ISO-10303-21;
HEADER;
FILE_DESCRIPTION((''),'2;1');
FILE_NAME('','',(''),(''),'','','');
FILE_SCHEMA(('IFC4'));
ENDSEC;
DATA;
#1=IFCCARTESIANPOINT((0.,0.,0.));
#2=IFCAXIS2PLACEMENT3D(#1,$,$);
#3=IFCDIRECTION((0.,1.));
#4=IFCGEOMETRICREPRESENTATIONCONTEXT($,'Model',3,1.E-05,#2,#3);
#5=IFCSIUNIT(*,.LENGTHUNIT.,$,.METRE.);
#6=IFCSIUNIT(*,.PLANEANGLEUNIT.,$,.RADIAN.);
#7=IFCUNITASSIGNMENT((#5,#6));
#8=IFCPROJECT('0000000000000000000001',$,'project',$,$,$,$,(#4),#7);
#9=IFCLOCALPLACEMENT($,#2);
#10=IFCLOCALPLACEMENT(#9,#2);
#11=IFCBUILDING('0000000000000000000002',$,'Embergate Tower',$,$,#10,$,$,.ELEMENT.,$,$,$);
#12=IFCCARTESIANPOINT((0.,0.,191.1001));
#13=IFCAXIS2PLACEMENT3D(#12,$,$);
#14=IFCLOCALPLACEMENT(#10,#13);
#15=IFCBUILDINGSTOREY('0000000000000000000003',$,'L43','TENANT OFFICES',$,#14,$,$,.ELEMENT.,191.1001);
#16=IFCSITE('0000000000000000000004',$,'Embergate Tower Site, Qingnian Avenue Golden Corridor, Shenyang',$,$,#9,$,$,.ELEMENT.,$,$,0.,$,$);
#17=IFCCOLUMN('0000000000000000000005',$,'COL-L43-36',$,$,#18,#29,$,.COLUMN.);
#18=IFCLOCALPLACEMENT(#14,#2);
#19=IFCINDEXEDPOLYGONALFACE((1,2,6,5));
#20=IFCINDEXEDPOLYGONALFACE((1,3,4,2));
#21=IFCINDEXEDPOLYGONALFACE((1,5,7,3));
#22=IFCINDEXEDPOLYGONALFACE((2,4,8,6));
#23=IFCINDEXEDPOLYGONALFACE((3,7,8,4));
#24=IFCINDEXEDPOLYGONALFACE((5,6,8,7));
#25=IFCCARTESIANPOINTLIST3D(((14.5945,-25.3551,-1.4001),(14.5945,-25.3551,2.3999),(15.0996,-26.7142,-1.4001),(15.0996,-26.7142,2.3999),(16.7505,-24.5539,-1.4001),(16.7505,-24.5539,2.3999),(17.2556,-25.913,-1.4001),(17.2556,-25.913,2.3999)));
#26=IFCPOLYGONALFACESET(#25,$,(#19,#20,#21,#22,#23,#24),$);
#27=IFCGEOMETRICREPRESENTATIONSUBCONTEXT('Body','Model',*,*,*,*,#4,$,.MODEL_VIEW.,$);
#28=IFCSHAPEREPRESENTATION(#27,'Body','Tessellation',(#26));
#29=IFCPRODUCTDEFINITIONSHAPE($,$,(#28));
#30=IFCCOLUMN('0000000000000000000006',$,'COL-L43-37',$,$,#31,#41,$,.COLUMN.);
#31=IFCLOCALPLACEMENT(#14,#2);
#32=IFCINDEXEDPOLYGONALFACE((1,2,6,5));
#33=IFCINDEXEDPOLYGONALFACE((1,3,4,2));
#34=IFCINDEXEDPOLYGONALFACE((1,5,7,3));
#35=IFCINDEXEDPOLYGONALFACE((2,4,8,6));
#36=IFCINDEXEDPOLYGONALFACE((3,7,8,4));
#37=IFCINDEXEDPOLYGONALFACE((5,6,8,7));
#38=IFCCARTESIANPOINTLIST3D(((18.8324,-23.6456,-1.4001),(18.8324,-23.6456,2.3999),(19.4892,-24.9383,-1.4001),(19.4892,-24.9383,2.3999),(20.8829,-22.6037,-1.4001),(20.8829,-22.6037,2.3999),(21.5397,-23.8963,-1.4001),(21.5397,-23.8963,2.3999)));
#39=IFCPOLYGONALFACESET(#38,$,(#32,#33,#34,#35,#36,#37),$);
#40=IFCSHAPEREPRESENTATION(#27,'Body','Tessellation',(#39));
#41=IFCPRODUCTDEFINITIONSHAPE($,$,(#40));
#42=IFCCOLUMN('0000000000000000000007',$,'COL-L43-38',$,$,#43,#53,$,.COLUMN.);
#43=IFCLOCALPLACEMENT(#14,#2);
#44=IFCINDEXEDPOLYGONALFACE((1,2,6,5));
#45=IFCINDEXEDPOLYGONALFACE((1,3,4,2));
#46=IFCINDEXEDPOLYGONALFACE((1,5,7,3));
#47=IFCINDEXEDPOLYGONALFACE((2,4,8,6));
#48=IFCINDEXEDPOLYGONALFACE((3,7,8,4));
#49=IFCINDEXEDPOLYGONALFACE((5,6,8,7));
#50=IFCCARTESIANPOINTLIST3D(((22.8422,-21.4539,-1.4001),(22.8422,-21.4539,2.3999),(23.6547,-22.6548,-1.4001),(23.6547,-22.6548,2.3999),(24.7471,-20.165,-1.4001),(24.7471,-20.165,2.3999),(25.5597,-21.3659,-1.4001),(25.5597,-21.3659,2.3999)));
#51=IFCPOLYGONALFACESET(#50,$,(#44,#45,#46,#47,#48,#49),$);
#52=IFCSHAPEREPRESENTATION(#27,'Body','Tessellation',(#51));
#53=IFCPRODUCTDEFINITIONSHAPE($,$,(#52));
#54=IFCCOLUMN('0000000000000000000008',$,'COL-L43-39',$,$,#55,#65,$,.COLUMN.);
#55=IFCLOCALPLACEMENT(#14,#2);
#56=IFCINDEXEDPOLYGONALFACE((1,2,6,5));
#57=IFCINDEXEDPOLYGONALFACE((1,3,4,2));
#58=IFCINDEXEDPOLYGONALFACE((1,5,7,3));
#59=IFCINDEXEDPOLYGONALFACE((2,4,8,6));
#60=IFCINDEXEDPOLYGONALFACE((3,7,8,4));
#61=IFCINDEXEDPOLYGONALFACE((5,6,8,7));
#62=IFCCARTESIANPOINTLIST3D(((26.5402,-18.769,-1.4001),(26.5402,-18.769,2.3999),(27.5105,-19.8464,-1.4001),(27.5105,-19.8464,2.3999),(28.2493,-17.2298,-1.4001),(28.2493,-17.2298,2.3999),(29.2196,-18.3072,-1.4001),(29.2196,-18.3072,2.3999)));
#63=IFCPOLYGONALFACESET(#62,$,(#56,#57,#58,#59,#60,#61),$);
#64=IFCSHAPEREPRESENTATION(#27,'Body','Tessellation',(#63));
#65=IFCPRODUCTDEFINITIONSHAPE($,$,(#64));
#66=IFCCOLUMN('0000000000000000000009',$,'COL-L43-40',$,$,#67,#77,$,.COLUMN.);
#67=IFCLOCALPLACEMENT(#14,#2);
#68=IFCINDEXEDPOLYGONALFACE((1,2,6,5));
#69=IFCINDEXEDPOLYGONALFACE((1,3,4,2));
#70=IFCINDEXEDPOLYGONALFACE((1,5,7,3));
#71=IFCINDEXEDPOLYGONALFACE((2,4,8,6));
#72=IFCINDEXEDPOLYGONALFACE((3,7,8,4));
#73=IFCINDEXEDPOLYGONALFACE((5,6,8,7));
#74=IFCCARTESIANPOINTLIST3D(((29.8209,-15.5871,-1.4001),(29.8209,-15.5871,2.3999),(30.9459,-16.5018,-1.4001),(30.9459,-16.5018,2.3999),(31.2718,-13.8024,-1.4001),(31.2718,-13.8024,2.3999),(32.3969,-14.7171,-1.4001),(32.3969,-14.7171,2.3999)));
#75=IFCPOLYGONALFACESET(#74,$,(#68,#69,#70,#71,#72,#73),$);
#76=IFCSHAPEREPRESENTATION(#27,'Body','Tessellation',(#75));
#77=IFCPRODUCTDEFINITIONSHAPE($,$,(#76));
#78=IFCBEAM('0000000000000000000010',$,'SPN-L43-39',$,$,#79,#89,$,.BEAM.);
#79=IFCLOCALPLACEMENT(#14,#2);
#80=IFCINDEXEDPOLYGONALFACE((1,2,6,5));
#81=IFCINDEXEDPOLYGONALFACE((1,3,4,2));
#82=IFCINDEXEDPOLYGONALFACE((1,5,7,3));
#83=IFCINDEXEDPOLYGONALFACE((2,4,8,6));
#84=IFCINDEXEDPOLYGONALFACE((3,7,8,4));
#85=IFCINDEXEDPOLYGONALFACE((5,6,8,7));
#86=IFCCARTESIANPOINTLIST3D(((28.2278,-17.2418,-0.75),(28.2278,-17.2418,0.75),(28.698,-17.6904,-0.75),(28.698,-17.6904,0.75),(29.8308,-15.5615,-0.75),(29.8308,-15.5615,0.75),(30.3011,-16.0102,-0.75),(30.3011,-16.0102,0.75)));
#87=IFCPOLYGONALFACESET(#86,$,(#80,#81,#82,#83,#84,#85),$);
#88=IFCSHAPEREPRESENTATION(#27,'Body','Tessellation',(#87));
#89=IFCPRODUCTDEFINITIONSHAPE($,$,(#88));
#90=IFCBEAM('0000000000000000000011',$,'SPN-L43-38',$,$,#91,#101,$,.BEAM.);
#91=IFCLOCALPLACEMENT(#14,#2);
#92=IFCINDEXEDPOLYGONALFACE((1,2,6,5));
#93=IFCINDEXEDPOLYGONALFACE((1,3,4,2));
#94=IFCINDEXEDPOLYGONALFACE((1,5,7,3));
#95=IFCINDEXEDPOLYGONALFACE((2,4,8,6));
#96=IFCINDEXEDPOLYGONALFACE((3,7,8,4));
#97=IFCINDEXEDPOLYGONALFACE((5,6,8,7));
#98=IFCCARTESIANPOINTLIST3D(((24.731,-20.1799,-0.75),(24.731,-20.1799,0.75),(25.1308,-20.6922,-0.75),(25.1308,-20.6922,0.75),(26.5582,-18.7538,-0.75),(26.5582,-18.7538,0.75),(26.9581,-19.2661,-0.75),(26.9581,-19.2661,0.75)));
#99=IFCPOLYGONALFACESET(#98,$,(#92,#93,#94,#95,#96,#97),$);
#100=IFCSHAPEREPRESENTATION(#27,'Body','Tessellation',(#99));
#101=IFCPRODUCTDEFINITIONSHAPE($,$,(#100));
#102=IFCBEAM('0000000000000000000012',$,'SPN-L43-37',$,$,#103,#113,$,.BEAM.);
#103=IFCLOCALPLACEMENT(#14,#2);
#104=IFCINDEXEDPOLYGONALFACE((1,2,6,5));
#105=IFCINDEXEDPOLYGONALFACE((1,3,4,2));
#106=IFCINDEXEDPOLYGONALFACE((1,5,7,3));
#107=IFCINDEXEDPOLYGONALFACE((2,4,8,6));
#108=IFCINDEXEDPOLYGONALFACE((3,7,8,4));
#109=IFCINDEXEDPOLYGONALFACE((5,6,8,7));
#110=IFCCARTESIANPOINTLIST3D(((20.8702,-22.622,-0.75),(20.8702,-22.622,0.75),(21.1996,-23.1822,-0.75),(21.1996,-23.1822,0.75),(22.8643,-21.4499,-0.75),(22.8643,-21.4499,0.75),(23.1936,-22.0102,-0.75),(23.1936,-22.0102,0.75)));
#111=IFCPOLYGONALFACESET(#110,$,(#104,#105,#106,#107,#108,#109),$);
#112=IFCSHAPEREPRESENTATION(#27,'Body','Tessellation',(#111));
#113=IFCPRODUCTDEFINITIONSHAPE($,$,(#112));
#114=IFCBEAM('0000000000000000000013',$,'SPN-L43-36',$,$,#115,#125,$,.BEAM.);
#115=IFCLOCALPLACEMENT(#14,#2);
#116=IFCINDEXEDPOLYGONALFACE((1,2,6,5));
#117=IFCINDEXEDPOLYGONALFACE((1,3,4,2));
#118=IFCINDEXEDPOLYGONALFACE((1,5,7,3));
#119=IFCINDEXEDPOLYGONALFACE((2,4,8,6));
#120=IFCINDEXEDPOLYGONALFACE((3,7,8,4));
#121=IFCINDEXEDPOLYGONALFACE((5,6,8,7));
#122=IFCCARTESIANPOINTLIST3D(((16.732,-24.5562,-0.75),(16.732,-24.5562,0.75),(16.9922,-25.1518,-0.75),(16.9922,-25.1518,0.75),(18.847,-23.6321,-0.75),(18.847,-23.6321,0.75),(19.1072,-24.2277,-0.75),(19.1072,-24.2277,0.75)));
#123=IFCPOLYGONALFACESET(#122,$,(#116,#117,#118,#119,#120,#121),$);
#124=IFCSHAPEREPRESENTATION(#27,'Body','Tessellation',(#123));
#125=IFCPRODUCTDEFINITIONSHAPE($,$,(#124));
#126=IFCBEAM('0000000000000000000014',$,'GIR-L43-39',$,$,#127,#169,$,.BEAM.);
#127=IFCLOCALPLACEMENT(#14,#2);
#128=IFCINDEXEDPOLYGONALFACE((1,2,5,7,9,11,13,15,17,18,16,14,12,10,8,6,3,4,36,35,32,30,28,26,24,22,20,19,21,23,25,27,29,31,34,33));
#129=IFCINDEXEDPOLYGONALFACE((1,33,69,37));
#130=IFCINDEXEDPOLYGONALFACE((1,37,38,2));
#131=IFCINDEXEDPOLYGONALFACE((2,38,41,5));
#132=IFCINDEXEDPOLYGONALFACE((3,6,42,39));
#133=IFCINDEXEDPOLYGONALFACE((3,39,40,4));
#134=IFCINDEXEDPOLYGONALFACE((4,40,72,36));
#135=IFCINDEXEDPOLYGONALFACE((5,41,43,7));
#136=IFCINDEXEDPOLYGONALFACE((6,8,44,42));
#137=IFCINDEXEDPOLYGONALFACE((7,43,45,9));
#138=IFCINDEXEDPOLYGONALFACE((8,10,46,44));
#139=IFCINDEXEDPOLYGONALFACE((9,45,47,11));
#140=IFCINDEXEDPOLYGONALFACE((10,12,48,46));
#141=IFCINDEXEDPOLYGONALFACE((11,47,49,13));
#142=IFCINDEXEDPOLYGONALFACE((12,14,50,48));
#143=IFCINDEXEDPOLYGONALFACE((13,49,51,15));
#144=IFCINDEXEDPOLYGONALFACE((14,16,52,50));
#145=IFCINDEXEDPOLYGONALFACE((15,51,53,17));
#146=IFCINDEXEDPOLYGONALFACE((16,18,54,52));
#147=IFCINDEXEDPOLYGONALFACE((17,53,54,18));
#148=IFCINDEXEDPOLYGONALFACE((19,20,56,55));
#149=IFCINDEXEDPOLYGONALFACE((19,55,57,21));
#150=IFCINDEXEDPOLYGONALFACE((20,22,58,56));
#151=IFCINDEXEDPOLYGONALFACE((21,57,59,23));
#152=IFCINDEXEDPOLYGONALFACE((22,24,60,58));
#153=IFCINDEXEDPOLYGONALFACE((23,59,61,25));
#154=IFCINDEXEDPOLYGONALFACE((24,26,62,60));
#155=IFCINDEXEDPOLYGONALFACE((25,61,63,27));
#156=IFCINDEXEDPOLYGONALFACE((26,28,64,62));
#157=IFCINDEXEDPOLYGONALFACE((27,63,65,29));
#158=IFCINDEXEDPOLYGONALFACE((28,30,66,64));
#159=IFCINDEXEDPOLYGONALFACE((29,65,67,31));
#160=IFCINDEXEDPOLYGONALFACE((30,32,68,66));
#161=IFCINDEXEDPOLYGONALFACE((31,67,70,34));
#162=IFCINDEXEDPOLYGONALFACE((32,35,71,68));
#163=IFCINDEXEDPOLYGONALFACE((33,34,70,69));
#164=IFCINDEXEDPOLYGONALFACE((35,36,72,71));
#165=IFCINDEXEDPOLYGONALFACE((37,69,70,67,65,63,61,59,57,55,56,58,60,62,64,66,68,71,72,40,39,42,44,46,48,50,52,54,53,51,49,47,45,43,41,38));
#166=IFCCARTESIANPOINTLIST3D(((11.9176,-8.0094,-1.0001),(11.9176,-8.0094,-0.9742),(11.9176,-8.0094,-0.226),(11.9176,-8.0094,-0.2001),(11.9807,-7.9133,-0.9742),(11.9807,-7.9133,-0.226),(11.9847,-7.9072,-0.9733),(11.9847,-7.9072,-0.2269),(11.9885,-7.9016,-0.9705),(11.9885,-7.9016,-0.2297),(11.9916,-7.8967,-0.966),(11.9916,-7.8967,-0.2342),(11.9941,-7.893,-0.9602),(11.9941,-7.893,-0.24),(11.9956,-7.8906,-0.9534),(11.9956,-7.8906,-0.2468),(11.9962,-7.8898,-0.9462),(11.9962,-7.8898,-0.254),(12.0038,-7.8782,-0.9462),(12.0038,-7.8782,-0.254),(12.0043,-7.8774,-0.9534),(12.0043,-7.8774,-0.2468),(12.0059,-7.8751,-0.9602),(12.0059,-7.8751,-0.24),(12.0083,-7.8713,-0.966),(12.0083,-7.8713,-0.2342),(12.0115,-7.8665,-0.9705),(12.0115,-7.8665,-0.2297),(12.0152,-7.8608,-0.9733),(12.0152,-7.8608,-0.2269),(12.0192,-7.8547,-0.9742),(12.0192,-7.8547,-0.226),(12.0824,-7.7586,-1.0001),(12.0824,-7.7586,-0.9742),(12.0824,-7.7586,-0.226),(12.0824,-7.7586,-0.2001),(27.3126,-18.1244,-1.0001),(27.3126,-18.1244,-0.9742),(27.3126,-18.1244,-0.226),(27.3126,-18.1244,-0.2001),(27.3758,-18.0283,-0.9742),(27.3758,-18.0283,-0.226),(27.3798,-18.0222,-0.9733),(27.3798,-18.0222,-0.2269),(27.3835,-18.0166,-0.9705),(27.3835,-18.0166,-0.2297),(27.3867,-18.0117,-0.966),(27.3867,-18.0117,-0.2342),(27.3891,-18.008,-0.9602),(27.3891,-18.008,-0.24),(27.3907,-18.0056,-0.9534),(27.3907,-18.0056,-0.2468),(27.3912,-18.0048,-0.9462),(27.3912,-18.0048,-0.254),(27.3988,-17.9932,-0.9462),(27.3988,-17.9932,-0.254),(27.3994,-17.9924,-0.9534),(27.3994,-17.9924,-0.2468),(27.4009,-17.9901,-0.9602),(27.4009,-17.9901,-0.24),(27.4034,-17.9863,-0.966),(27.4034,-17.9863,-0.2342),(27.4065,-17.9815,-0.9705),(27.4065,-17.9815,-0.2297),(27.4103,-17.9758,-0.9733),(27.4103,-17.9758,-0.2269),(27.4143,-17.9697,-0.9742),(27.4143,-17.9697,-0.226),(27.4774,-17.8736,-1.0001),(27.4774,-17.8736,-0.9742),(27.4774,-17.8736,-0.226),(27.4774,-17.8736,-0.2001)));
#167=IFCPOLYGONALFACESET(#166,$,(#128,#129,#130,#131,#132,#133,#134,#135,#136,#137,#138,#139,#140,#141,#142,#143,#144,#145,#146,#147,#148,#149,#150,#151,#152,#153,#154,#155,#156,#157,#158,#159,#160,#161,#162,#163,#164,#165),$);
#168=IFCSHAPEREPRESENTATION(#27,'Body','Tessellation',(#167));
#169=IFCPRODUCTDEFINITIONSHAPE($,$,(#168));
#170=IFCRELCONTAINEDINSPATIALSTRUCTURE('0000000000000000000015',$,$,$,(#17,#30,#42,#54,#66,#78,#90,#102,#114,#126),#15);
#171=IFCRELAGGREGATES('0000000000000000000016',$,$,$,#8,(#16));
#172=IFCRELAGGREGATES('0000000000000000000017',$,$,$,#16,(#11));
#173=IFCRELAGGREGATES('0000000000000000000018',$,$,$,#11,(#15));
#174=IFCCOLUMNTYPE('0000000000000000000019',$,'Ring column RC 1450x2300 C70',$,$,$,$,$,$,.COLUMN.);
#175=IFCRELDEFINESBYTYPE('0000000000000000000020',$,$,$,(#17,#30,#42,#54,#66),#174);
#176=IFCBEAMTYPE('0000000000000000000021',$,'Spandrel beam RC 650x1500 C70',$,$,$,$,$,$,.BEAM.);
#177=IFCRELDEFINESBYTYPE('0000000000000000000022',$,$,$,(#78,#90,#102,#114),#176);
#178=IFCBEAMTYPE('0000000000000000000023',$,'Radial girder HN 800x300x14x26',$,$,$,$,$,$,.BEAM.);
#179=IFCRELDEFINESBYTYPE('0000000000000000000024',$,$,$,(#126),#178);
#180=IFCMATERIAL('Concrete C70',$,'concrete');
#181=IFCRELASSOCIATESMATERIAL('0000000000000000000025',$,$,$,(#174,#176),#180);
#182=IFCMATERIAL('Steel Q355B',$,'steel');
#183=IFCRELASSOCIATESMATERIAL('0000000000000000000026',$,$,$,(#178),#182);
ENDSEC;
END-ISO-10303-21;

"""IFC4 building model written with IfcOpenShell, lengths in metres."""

from ifc_helpers import new_model, si_unit, direction, frame, origin, origin_2d, place, context, subcontext, project, spatial, rectangle, i_section, extrude, source, transform, mapped, material, material_profile, profile_set, type_object, element, save


model = new_model("IFC4")

# Units and contexts
model_context = context("Model", 3, precision=1e-05, world=origin(), true_north=direction((0.0, 1.0)))
body_context = subcontext(model_context, "Body", "Model", "MODEL_VIEW")
ifc_project = project(units=[si_unit("LENGTHUNIT", "METRE"), si_unit("PLANEANGLEUNIT", "RADIAN")], contexts=[model_context])

# Site, building, storey
site_placement = place(None, origin())
site = spatial("IfcSite", under=ifc_project, at=site_placement, Name="Embergate Tower Site, Qingnian Avenue Golden Corridor, Shenyang", CompositionType="ELEMENT", RefElevation=0.0)
building_placement = place(site_placement, origin())
building = spatial("IfcBuilding", under=site, at=building_placement, Name="Embergate Tower", CompositionType="ELEMENT")
storey_placement = place(building_placement, frame((0.0, 0.0, 191.1001)))
storey = spatial("IfcBuildingStorey", under=building, at=storey_placement, Name="L43", Description="TENANT OFFICES", CompositionType="ELEMENT", Elevation=191.1001)

# Columns
ifc_material_1 = material(Name="Concrete C70", Category="concrete")
ifc_material_profile_1 = material_profile(ifc_material_1, rectangle(XDim=1.45, YDim=2.3, at=origin_2d()), Name="RC 1450x2300")
ifc_profile_set_1 = profile_set([ifc_material_profile_1], Name="Concrete C70")
column_type = type_object("IfcColumnType", Name="Ring column RC 1450x2300 C70", PredefinedType="COLUMN", material=ifc_profile_set_1)
shared_shape_1 = source(origin(), body_context, "Body", "SweptSolid", [
    extrude(rectangle(XDim=1.45, YDim=2.3, at=origin_2d()), origin(), (0.0, 0.0, 1.0), 3.8),
])
for number, where, z_axis, x_axis, name in (
    (1, (15.925, -25.634, -1.4001), (0.0, 0.0, 1.0), (0.348343, -0.937367, 0.0), "COL-L43-36"),
    (2, (20.186, -23.771, -1.4001), (0.0, 0.0, 1.0), (0.453011, -0.891505, 0.0), "COL-L43-37"),
    (3, (24.2009, -21.4099, -1.4001), (0.0, 0.0, 1.0), (0.560393, -0.828227, 0.0), "COL-L43-38"),
    (4, (27.8799, -18.5381, -1.4001), (0.0, 0.0, 1.0), (0.669208, -0.743075, 0.0), "COL-L43-39"),
    (5, (31.1089, -15.1521, -1.4001), (0.0, 0.0, 1.0), (0.775925, -0.630825, 0.0), "COL-L43-40"),
):
    element("IfcColumn", number, at=place(storey_placement, frame(where, z_axis=z_axis, x_axis=x_axis)), inside=storey, type_object=column_type, Name=name, PredefinedType="COLUMN", context=body_context, shape_type="MappedRepresentation", body=[
        mapped(shared_shape_1, transform((0.0, 0.0, 0.0))),
    ])

# Beams
ifc_material_profile_2 = material_profile(ifc_material_1, rectangle(XDim=0.6499, YDim=1.5, at=origin_2d()), Name="RC 650x1500")
ifc_profile_set_2 = profile_set([ifc_material_profile_2], Name="Concrete C70")
beam_type_1 = type_object("IfcBeamType", Name="Spandrel beam RC 650x1500 C70", PredefinedType="BEAM", material=ifc_profile_set_2)
shared_shape_2 = source(origin(), body_context, "Body", "SweptSolid", [
    extrude(rectangle(XDim=0.6499, YDim=1.5, at=origin_2d()), origin(), (0.0, 0.0, 1.0), 2.3223),
])
beam_1_placement = place(storey_placement, frame((28.4629, -17.4661, 0.0), z_axis=(0.690301, 0.723523, 0.0), x_axis=(-0.723523, 0.690301, 0.0)))
element("IfcBeam", 6, at=beam_1_placement, inside=storey, type_object=beam_type_1, Name="SPN-L43-39", PredefinedType="BEAM", context=body_context, shape_type="MappedRepresentation", body=[
    mapped(shared_shape_2, transform((0.0, 0.0, 0.0))),
])
shared_shape_3 = source(origin(), body_context, "Body", "SweptSolid", [
    extrude(rectangle(XDim=0.6499, YDim=1.5, at=origin_2d()), origin(), (0.0, 0.0, 1.0), 2.3179),
])
beam_2_placement = place(storey_placement, frame((24.9309, -20.436, 0.0), z_axis=(0.788325, 0.61526, 0.0), x_axis=(-0.61526, 0.788325, 0.0)))
element("IfcBeam", 7, at=beam_2_placement, inside=storey, type_object=beam_type_1, Name="SPN-L43-38", PredefinedType="BEAM", context=body_context, shape_type="MappedRepresentation", body=[
    mapped(shared_shape_3, transform((0.0, 0.0, 0.0))),
])
shared_shape_4 = source(origin(), body_context, "Body", "SweptSolid", [
    extrude(rectangle(XDim=0.6499, YDim=1.5, at=origin_2d()), origin(), (0.0, 0.0, 1.0), 2.313),
])
beam_3_placement = place(storey_placement, frame((21.0349, -22.9021, 0.0), z_axis=(0.862105, 0.50673, 0.0), x_axis=(-0.50673, 0.862105, 0.0)))
element("IfcBeam", 8, at=beam_3_placement, inside=storey, type_object=beam_type_1, Name="SPN-L43-37", PredefinedType="BEAM", context=body_context, shape_type="MappedRepresentation", body=[
    mapped(shared_shape_4, transform((0.0, 0.0, 0.0))),
])
shared_shape_5 = source(origin(), body_context, "Body", "SweptSolid", [
    extrude(rectangle(XDim=0.6499, YDim=1.5, at=origin_2d()), origin(), (0.0, 0.0, 1.0), 2.3081),
])
beam_4_placement = place(storey_placement, frame((16.8621, -24.854, 0.0), z_axis=(0.916354, 0.400369, 0.0), x_axis=(-0.400369, 0.916354, 0.0)))
element("IfcBeam", 9, at=beam_4_placement, inside=storey, type_object=beam_type_1, Name="SPN-L43-36", PredefinedType="BEAM", context=body_context, shape_type="MappedRepresentation", body=[
    mapped(shared_shape_5, transform((0.0, 0.0, 0.0))),
])
ifc_material_2 = material(Name="Steel Q355B", Category="steel")
ifc_material_profile_3 = material_profile(ifc_material_2, i_section(OverallWidth=0.3, OverallDepth=0.8, WebThickness=0.0139, FlangeThickness=0.0259, FilletRadius=0.0281, at=origin_2d()), Name="HN 800x300x14x26")
ifc_profile_set_3 = profile_set([ifc_material_profile_3], Name="Steel Q355 grade B")
beam_type_2 = type_object("IfcBeamType", Name="Radial girder HN 800x300x14x26", PredefinedType="BEAM", material=ifc_profile_set_3)
shared_shape_6 = source(origin(), body_context, "Body", "SweptSolid", [
    extrude(i_section(OverallWidth=0.3, OverallDepth=0.8, WebThickness=0.0139, FlangeThickness=0.0259, FilletRadius=0.0281, at=origin_2d()), origin(), (0.0, 0.0, 1.0), 18.4207),
])
beam_5_placement = place(storey_placement, frame((27.395, -17.999, -0.6001), z_axis=(-0.835749, 0.549112, 0.0), x_axis=(-0.549112, -0.835749, 0.0)))
element("IfcBeam", 10, at=beam_5_placement, inside=storey, type_object=beam_type_2, Name="GIR-L43-39", PredefinedType="BEAM", context=body_context, shape_type="MappedRepresentation", body=[
    mapped(shared_shape_6, transform((0.0, 0.0, 0.0))),
])

save(model, "model.ifc")
